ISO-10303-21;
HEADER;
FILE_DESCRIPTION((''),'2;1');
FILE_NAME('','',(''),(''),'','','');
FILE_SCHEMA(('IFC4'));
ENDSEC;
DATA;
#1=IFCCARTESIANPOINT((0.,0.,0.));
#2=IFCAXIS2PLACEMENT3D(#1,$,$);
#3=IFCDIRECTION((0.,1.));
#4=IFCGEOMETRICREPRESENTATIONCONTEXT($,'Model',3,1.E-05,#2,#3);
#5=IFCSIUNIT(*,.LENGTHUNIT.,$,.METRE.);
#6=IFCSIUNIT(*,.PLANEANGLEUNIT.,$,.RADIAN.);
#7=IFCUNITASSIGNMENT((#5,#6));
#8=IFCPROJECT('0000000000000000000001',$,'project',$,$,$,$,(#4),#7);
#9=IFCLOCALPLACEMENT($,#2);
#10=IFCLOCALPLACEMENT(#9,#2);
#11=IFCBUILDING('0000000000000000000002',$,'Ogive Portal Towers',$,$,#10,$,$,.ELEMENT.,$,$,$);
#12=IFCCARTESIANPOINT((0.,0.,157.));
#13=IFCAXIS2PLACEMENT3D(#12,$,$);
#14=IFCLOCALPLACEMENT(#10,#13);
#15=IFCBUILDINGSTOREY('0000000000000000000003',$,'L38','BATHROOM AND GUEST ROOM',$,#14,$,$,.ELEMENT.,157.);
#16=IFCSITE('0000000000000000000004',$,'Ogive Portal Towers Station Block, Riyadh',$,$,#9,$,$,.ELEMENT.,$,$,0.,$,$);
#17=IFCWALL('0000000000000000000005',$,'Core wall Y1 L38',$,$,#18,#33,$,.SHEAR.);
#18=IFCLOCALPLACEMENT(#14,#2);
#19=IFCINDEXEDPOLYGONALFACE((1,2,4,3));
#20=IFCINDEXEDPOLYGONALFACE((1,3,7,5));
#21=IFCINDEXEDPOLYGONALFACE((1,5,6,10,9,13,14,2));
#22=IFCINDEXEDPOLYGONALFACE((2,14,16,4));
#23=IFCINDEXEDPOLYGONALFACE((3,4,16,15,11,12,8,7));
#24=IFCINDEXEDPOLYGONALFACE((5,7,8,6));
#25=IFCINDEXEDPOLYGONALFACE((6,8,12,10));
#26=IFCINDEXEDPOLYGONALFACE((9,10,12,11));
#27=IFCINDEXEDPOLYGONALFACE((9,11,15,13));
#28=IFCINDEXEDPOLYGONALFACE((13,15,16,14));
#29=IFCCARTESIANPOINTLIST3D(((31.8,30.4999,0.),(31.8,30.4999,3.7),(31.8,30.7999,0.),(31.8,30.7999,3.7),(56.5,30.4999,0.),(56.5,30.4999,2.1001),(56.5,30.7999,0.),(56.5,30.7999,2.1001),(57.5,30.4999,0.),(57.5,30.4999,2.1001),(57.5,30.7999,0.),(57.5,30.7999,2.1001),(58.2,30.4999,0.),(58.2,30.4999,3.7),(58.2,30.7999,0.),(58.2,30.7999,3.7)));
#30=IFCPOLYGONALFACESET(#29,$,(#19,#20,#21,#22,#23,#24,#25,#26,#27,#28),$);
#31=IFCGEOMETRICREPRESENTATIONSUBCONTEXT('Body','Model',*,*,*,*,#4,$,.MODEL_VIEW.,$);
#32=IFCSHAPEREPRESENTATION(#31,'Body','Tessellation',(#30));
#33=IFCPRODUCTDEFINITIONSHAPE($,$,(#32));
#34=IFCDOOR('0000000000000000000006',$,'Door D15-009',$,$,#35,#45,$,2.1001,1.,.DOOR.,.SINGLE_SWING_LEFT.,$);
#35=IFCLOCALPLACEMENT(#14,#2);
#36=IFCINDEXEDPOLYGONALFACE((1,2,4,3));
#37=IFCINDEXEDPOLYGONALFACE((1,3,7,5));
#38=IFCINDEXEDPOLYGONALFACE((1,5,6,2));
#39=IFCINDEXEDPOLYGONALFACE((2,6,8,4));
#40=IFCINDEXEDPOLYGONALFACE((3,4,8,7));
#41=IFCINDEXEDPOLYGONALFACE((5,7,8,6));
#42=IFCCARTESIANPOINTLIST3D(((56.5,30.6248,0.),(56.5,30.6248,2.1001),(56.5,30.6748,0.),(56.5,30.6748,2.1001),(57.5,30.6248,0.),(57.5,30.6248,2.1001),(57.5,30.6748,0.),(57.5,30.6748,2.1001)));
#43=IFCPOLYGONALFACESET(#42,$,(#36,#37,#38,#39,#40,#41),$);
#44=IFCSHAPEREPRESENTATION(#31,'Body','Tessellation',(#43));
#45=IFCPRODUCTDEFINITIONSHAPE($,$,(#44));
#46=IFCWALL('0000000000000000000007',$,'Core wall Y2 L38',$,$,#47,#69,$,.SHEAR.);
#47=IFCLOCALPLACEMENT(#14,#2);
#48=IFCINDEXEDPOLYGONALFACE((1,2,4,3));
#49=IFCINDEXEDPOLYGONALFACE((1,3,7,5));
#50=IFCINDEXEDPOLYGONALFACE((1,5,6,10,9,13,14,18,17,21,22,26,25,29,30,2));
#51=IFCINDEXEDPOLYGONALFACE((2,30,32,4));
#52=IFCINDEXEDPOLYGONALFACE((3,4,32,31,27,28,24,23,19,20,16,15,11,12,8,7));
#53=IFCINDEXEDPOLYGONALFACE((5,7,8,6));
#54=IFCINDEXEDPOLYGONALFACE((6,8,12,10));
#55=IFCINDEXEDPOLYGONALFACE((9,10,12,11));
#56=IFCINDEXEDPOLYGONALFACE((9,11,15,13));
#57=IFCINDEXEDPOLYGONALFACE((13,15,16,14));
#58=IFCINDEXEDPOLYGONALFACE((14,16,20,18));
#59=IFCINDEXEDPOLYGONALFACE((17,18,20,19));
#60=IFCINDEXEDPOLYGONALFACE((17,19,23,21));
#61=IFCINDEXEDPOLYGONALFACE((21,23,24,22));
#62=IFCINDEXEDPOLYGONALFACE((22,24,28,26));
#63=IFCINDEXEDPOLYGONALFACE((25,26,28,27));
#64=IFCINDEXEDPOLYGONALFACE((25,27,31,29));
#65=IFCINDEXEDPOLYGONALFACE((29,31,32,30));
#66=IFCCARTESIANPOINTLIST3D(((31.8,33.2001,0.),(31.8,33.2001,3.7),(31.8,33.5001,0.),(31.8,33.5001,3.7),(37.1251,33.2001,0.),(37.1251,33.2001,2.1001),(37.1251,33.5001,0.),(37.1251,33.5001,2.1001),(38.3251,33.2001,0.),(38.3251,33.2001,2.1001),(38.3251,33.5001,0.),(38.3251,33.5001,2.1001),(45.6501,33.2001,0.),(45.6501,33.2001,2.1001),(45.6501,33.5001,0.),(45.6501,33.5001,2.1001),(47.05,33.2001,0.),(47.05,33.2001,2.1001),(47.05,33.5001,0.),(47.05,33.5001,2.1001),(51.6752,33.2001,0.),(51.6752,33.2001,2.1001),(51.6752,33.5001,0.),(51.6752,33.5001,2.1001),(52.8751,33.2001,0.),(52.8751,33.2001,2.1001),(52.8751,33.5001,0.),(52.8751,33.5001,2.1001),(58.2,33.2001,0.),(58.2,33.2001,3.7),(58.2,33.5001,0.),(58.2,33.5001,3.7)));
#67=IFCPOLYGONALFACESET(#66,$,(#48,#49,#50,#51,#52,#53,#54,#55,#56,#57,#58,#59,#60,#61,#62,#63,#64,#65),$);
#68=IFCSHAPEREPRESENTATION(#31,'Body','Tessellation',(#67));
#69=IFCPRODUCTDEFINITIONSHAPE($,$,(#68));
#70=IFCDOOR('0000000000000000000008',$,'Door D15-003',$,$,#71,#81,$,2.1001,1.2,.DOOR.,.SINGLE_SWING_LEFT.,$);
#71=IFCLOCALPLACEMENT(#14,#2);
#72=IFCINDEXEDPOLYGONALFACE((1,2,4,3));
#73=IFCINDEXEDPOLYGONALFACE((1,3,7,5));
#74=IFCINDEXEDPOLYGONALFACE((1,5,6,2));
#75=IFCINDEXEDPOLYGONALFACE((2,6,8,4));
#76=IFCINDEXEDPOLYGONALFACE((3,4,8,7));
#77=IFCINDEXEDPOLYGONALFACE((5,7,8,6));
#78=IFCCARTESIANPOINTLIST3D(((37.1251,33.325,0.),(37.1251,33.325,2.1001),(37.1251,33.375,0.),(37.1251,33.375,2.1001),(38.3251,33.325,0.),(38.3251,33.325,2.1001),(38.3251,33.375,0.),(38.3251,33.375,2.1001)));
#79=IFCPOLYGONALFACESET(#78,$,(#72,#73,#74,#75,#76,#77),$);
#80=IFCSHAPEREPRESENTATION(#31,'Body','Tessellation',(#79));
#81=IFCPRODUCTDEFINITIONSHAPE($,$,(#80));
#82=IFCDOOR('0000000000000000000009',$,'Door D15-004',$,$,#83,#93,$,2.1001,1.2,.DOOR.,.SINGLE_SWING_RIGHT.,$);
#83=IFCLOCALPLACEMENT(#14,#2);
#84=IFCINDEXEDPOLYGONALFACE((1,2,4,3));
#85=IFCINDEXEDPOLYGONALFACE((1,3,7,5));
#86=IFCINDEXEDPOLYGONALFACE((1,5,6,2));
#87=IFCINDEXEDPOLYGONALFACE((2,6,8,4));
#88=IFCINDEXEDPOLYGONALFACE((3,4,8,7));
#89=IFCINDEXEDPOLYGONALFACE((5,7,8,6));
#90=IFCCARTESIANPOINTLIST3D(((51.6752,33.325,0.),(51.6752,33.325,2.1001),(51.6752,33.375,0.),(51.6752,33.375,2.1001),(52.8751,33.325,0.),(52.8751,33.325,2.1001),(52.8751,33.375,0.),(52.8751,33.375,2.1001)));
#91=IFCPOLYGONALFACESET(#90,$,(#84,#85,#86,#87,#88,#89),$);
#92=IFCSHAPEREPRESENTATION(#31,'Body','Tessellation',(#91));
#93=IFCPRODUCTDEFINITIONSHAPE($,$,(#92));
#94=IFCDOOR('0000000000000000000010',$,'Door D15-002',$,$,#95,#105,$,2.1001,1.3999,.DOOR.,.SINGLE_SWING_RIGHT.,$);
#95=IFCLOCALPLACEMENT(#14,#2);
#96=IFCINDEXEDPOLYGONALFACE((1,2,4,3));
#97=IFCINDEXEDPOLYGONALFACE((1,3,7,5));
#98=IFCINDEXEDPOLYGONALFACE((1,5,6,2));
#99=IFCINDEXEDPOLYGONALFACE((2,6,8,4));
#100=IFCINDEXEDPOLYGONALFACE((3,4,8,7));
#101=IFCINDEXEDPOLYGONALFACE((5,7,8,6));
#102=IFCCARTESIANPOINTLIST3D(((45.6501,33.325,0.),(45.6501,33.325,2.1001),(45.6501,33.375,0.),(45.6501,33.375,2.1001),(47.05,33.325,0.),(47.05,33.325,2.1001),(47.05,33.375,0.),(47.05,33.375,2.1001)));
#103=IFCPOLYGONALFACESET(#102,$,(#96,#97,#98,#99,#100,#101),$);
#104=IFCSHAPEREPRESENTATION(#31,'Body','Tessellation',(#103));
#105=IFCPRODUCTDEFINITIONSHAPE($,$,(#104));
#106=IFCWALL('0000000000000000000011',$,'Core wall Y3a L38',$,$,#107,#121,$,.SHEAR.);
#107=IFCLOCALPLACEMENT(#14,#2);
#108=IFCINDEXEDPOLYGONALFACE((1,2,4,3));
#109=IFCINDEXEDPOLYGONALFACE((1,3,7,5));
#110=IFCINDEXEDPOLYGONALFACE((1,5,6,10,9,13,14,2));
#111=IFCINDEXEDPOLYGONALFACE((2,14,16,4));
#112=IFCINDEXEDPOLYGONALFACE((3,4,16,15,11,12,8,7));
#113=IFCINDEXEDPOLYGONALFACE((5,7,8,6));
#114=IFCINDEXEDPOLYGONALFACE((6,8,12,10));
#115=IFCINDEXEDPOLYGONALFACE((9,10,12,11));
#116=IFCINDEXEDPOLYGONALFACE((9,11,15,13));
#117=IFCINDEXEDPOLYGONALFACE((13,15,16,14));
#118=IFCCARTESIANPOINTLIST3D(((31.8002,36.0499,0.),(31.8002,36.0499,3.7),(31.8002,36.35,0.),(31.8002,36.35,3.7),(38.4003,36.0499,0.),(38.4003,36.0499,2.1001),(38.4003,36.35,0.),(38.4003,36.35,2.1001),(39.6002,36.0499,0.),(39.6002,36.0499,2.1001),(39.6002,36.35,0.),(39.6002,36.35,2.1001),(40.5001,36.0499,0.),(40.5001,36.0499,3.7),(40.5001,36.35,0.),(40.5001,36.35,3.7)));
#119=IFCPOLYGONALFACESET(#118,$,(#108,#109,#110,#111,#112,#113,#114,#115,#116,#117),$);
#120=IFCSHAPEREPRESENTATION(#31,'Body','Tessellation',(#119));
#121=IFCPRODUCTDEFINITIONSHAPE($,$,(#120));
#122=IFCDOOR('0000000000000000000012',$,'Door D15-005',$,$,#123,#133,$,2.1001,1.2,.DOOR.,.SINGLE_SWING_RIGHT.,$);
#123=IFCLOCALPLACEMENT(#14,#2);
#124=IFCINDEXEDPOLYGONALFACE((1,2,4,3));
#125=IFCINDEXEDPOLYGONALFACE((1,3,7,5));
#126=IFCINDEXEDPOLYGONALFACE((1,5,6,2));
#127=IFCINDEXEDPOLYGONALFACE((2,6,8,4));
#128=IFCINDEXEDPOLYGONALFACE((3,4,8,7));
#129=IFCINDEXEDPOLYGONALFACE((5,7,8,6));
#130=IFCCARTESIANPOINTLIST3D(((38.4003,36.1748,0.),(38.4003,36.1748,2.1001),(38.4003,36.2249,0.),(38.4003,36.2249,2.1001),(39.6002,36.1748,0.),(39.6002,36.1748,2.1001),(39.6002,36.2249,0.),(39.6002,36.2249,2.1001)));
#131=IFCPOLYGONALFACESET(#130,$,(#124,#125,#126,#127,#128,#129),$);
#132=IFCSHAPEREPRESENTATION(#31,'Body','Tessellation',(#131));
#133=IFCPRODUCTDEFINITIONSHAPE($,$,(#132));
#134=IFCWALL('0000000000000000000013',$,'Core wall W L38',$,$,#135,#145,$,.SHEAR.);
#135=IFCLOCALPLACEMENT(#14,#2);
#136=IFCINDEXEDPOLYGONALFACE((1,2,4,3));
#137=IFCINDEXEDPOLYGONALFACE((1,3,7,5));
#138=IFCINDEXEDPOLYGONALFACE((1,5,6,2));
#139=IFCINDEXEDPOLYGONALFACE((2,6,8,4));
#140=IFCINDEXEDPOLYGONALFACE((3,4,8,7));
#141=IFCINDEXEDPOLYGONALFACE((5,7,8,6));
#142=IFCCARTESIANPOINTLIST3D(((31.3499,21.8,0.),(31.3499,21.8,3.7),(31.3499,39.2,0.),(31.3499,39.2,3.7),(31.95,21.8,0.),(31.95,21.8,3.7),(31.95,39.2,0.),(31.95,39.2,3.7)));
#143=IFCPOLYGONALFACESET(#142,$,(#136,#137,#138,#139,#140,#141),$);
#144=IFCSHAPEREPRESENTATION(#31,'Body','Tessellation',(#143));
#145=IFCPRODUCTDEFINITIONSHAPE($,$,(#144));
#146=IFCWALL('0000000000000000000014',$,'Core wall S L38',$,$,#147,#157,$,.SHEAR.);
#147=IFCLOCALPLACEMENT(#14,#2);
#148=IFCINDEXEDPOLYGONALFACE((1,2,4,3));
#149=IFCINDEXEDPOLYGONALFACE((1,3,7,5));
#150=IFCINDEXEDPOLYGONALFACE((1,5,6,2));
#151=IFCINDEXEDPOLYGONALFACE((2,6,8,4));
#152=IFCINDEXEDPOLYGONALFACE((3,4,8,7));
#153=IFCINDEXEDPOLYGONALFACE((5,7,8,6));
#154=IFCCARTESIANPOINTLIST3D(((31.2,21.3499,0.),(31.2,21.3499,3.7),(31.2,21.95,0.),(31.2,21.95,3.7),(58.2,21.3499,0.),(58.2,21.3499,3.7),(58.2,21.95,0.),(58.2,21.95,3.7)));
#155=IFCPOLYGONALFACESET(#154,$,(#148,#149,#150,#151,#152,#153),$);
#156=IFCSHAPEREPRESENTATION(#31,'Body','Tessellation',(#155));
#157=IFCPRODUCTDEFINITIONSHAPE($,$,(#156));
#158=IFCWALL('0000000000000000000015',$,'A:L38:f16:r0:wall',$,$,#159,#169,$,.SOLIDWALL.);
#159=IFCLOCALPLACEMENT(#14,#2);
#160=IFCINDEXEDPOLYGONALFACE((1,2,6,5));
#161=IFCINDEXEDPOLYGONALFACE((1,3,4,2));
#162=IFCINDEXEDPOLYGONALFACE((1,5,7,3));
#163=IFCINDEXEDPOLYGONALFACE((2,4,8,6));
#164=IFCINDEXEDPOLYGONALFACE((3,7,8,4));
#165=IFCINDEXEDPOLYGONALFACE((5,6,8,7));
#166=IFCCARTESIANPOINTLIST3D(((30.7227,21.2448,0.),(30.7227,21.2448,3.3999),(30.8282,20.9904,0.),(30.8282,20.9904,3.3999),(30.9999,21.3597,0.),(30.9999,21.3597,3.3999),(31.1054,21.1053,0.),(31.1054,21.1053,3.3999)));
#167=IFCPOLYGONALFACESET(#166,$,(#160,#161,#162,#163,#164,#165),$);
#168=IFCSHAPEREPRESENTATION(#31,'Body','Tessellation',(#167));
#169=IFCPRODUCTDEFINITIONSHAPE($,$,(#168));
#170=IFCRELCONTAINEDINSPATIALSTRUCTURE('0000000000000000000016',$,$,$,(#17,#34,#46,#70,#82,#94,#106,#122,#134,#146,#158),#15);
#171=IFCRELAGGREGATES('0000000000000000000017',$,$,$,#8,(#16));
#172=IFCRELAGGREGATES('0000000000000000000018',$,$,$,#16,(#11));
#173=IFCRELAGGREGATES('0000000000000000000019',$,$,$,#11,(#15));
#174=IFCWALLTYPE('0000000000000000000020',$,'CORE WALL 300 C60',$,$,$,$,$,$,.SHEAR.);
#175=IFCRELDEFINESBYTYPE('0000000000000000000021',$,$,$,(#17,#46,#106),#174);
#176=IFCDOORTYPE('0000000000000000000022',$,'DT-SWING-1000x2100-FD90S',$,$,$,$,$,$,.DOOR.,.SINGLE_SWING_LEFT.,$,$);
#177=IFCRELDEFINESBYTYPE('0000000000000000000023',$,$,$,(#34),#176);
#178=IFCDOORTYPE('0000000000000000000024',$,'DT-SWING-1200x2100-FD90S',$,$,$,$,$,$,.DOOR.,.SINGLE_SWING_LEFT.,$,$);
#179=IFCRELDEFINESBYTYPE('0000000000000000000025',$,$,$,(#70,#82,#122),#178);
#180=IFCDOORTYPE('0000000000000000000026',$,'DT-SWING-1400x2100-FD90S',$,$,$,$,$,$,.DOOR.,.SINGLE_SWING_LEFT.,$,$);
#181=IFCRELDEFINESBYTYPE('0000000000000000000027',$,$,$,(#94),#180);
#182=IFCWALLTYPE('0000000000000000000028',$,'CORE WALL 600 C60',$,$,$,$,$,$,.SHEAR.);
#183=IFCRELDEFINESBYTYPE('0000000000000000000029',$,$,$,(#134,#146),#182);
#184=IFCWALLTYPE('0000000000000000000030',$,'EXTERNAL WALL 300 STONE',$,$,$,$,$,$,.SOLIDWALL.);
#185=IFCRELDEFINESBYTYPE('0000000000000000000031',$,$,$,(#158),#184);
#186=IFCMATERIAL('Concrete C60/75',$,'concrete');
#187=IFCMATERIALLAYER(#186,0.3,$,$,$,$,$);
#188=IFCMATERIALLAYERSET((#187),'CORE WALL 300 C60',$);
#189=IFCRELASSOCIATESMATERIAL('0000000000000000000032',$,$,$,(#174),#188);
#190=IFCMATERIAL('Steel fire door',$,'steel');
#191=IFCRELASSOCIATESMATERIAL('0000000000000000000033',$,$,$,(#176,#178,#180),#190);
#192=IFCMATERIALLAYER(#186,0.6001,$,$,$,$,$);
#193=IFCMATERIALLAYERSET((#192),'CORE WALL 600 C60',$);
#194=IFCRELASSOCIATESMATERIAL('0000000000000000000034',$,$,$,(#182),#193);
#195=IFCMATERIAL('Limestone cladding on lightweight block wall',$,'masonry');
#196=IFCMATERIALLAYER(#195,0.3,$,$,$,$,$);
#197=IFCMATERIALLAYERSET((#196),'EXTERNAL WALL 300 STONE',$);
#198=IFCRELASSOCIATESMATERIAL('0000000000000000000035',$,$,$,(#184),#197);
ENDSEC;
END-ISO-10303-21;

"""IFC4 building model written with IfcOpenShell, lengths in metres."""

from ifc_helpers import new_model, si_unit, direction, frame, frame_2d, origin, place, context, subcontext, project, spatial, rectangle, extrude, material, layer, layer_set, type_object, element, fill, save


model = new_model("IFC4")

# Units and contexts
model_context = context("Model", 3, precision=1e-05, world=origin(), true_north=direction((0.0, 1.0)))
body_context = subcontext(model_context, "Body", "Model", "MODEL_VIEW")
ifc_project = project(units=[si_unit("LENGTHUNIT", "METRE"), si_unit("PLANEANGLEUNIT", "RADIAN")], contexts=[model_context])

# Site, building, storey
site_placement = place(None, origin())
site = spatial("IfcSite", under=ifc_project, at=site_placement, Name="Ogive Portal Towers Station Block, Riyadh", CompositionType="ELEMENT", RefElevation=0.0)
building_placement = place(site_placement, origin())
building = spatial("IfcBuilding", under=site, at=building_placement, Name="Ogive Portal Towers", CompositionType="ELEMENT")
storey_placement = place(building_placement, frame((0.0, 0.0, 157.0)))
storey = spatial("IfcBuildingStorey", under=building, at=storey_placement, Name="L38", Description="BATHROOM AND GUEST ROOM", CompositionType="ELEMENT", Elevation=157.0)

# Wall, opening, door
ifc_material_1 = material(Name="Concrete C60/75", Category="concrete")
ifc_layer_1 = layer(ifc_material_1, 0.3)
ifc_layer_set_1 = layer_set([ifc_layer_1], Name="CORE WALL 300 C60")
wall_type_1 = type_object("IfcWallType", Name="CORE WALL 300 C60", PredefinedType="SHEAR", material=ifc_layer_set_1)
wall_1_placement = place(storey_placement, frame((31.8, 30.6499, 0.0), z_axis=(0.0, 0.0, 1.0), x_axis=(1.0, 0.0, 0.0)))
wall_1 = element("IfcWall", 1, at=wall_1_placement, inside=storey, type_object=wall_type_1, Name="Core wall Y1 L38", PredefinedType="SHEAR", context=body_context, shape_type="SweptSolid", body=[
    extrude(rectangle(XDim=26.3999, YDim=0.3, at=frame_2d((13.2, 0.0))), origin(), (0.0, 0.0, 1.0), 3.7),
])
opening_1_placement = place(wall_1_placement, frame((24.7, 0.0, 0.0)))
opening_1 = element("IfcOpeningElement", 2, at=opening_1_placement, cuts=wall_1, PredefinedType="OPENING", context=body_context, shape_type="SweptSolid", body=[
    extrude(rectangle(XDim=1.0, YDim=2.1001, at=frame_2d((0.5, 1.05))), frame((0.0, 0.1602, 0.0), z_axis=(0.0, -1.0, 0.0), x_axis=(1.0, 0.0, 0.0)), (0.0, 0.0, 1.0), 0.3201),
])
ifc_material_2 = material(Name="Steel fire door", Category="steel")
door_type_1 = type_object("IfcDoorType", Name="DT-SWING-1000x2100-FD90S", OperationType="SINGLE_SWING_LEFT", PredefinedType="DOOR", material=ifc_material_2)
door_1_placement = place(opening_1_placement, origin())
door_1 = element("IfcDoor", 3, at=door_1_placement, inside=storey, type_object=door_type_1, Name="Door D15-009", OperationType="SINGLE_SWING_LEFT", OverallHeight=2.1001, OverallWidth=1.0, PredefinedType="DOOR", context=body_context, shape_type="SweptSolid", body=[
    extrude(rectangle(XDim=1.0, YDim=2.1001, at=frame_2d((0.5, 1.05))), frame((0.0, 0.0249, 0.0), z_axis=(0.0, -1.0, 0.0), x_axis=(1.0, 0.0, 0.0)), (0.0, 0.0, 1.0), 0.05),
])
fill(opening_1, door_1)

# Wall, openings, doors
wall_2_placement = place(storey_placement, frame((31.8, 33.3501, 0.0), z_axis=(0.0, 0.0, 1.0), x_axis=(1.0, 0.0, 0.0)))
wall_2 = element("IfcWall", 4, at=wall_2_placement, inside=storey, type_object=wall_type_1, Name="Core wall Y2 L38", PredefinedType="SHEAR", context=body_context, shape_type="SweptSolid", body=[
    extrude(rectangle(XDim=26.3999, YDim=0.3, at=frame_2d((13.2, 0.0))), origin(), (0.0, 0.0, 1.0), 3.7),
])
opening_2_placement = place(wall_2_placement, frame((13.8501, 0.0, 0.0)))
opening_2 = element("IfcOpeningElement", 5, at=opening_2_placement, cuts=wall_2, PredefinedType="OPENING", context=body_context, shape_type="SweptSolid", body=[
    extrude(rectangle(XDim=1.3999, YDim=2.1001, at=frame_2d((0.7, 1.05))), frame((0.0, 0.1602, 0.0), z_axis=(0.0, -1.0, 0.0), x_axis=(1.0, 0.0, 0.0)), (0.0, 0.0, 1.0), 0.3201),
])
opening_3_placement = place(wall_2_placement, frame((5.325, 0.0, 0.0)))
opening_3 = element("IfcOpeningElement", 6, at=opening_3_placement, cuts=wall_2, PredefinedType="OPENING", context=body_context, shape_type="SweptSolid", body=[
    extrude(rectangle(XDim=1.2, YDim=2.1001, at=frame_2d((0.6001, 1.05))), frame((0.0, 0.1602, 0.0), z_axis=(0.0, -1.0, 0.0), x_axis=(1.0, 0.0, 0.0)), (0.0, 0.0, 1.0), 0.3201),
])
opening_4_placement = place(wall_2_placement, frame((19.875, 0.0, 0.0)))
opening_4 = element("IfcOpeningElement", 7, at=opening_4_placement, cuts=wall_2, PredefinedType="OPENING", context=body_context, shape_type="SweptSolid", body=[
    extrude(rectangle(XDim=1.2, YDim=2.1001, at=frame_2d((0.6001, 1.05))), frame((0.0, 0.1602, 0.0), z_axis=(0.0, -1.0, 0.0), x_axis=(1.0, 0.0, 0.0)), (0.0, 0.0, 1.0), 0.3201),
])
door_type_2 = type_object("IfcDoorType", Name="DT-SWING-1200x2100-FD90S", OperationType="SINGLE_SWING_LEFT", PredefinedType="DOOR", material=ifc_material_2)
door_2_placement = place(opening_3_placement, origin())
door_2 = element("IfcDoor", 8, at=door_2_placement, inside=storey, type_object=door_type_2, Name="Door D15-003", OperationType="SINGLE_SWING_LEFT", OverallHeight=2.1001, OverallWidth=1.2, PredefinedType="DOOR", context=body_context, shape_type="SweptSolid", body=[
    extrude(rectangle(XDim=1.2, YDim=2.1001, at=frame_2d((0.6001, 1.05))), frame((0.0, 0.0249, 0.0), z_axis=(0.0, -1.0, 0.0), x_axis=(1.0, 0.0, 0.0)), (0.0, 0.0, 1.0), 0.05),
])
fill(opening_3, door_2)
door_3_placement = place(opening_4_placement, origin())
door_3 = element("IfcDoor", 9, at=door_3_placement, inside=storey, type_object=door_type_2, Name="Door D15-004", OperationType="SINGLE_SWING_RIGHT", OverallHeight=2.1001, OverallWidth=1.2, PredefinedType="DOOR", context=body_context, shape_type="SweptSolid", body=[
    extrude(rectangle(XDim=1.2, YDim=2.1001, at=frame_2d((0.6001, 1.05))), frame((0.0, 0.0249, 0.0), z_axis=(0.0, -1.0, 0.0), x_axis=(1.0, 0.0, 0.0)), (0.0, 0.0, 1.0), 0.05),
])
fill(opening_4, door_3)
door_type_3 = type_object("IfcDoorType", Name="DT-SWING-1400x2100-FD90S", OperationType="SINGLE_SWING_LEFT", PredefinedType="DOOR", material=ifc_material_2)
door_4_placement = place(opening_2_placement, origin())
door_4 = element("IfcDoor", 10, at=door_4_placement, inside=storey, type_object=door_type_3, Name="Door D15-002", OperationType="SINGLE_SWING_RIGHT", OverallHeight=2.1001, OverallWidth=1.3999, PredefinedType="DOOR", context=body_context, shape_type="SweptSolid", body=[
    extrude(rectangle(XDim=1.3999, YDim=2.1001, at=frame_2d((0.7, 1.05))), frame((0.0, 0.0249, 0.0), z_axis=(0.0, -1.0, 0.0), x_axis=(1.0, 0.0, 0.0)), (0.0, 0.0, 1.0), 0.05),
])
fill(opening_2, door_4)

# Wall, opening, door
wall_3_placement = place(storey_placement, frame((31.8, 36.2, 0.0), z_axis=(0.0, 0.0, 1.0), x_axis=(1.0, 0.0, 0.0)))
wall_3 = element("IfcWall", 11, at=wall_3_placement, inside=storey, type_object=wall_type_1, Name="Core wall Y3a L38", PredefinedType="SHEAR", context=body_context, shape_type="SweptSolid", body=[
    extrude(rectangle(XDim=8.7, YDim=0.3, at=frame_2d((4.3501, 0.0))), origin(), (0.0, 0.0, 1.0), 3.7),
])
opening_5_placement = place(wall_3_placement, frame((6.6001, 0.0, 0.0)))
opening_5 = element("IfcOpeningElement", 12, at=opening_5_placement, cuts=wall_3, PredefinedType="OPENING", context=body_context, shape_type="SweptSolid", body=[
    extrude(rectangle(XDim=1.2, YDim=2.1001, at=frame_2d((0.6001, 1.05))), frame((0.0, 0.1602, 0.0), z_axis=(0.0, -1.0, 0.0), x_axis=(1.0, 0.0, 0.0)), (0.0, 0.0, 1.0), 0.3201),
])
door_5_placement = place(opening_5_placement, origin())
door_5 = element("IfcDoor", 13, at=door_5_placement, inside=storey, type_object=door_type_2, Name="Door D15-005", OperationType="SINGLE_SWING_RIGHT", OverallHeight=2.1001, OverallWidth=1.2, PredefinedType="DOOR", context=body_context, shape_type="SweptSolid", body=[
    extrude(rectangle(XDim=1.2, YDim=2.1001, at=frame_2d((0.6001, 1.05))), frame((0.0, 0.0249, 0.0), z_axis=(0.0, -1.0, 0.0), x_axis=(1.0, 0.0, 0.0)), (0.0, 0.0, 1.0), 0.05),
])
fill(opening_5, door_5)

# Walls
ifc_layer_2 = layer(ifc_material_1, 0.6001)
ifc_layer_set_2 = layer_set([ifc_layer_2], Name="CORE WALL 600 C60")
wall_type_2 = type_object("IfcWallType", Name="CORE WALL 600 C60", PredefinedType="SHEAR", material=ifc_layer_set_2)
wall_4_placement = place(storey_placement, frame((31.6499, 21.8, 0.0), z_axis=(0.0, 0.0, 1.0), x_axis=(0.0, 1.0, 0.0)))
element("IfcWall", 14, at=wall_4_placement, inside=storey, type_object=wall_type_2, Name="Core wall W L38", PredefinedType="SHEAR", context=body_context, shape_type="SweptSolid", body=[
    extrude(rectangle(XDim=17.3999, YDim=0.6001, at=frame_2d((8.7, 0.0))), origin(), (0.0, 0.0, 1.0), 3.7),
])
wall_5_placement = place(storey_placement, frame((31.2, 21.6499, 0.0), z_axis=(0.0, 0.0, 1.0), x_axis=(1.0, 0.0, 0.0)))
element("IfcWall", 15, at=wall_5_placement, inside=storey, type_object=wall_type_2, Name="Core wall S L38", PredefinedType="SHEAR", context=body_context, shape_type="SweptSolid", body=[
    extrude(rectangle(XDim=27.0, YDim=0.6001, at=frame_2d((13.5, 0.0))), origin(), (0.0, 0.0, 1.0), 3.7),
])
ifc_material_3 = material(Name="Limestone cladding on lightweight block wall", Category="masonry")
ifc_layer_3 = layer(ifc_material_3, 0.3)
ifc_layer_set_3 = layer_set([ifc_layer_3], Name="EXTERNAL WALL 300 STONE")
wall_type_3 = type_object("IfcWallType", Name="EXTERNAL WALL 300 STONE", PredefinedType="SOLIDWALL", material=ifc_layer_set_3)
for number, where, z_axis, x_axis, name in (
    (16, (30.8613, 21.3022, 0.0), (0.0, 0.0, 1.0), (0.382978, -0.923757, 0.0), "A:L38:f16:r0:wall"),
):
    element("IfcWall", number, at=place(storey_placement, frame(where, z_axis=z_axis, x_axis=x_axis)), inside=storey, type_object=wall_type_3, Name=name, PredefinedType="SOLIDWALL", context=body_context, shape_type="SweptSolid", body=[
        extrude(rectangle(XDim=0.2754, YDim=0.3, at=frame_2d((0.1377, 0.0))), origin(), (0.0, 0.0, 1.0), 3.3999),
    ])

save(model, "model.ifc")
